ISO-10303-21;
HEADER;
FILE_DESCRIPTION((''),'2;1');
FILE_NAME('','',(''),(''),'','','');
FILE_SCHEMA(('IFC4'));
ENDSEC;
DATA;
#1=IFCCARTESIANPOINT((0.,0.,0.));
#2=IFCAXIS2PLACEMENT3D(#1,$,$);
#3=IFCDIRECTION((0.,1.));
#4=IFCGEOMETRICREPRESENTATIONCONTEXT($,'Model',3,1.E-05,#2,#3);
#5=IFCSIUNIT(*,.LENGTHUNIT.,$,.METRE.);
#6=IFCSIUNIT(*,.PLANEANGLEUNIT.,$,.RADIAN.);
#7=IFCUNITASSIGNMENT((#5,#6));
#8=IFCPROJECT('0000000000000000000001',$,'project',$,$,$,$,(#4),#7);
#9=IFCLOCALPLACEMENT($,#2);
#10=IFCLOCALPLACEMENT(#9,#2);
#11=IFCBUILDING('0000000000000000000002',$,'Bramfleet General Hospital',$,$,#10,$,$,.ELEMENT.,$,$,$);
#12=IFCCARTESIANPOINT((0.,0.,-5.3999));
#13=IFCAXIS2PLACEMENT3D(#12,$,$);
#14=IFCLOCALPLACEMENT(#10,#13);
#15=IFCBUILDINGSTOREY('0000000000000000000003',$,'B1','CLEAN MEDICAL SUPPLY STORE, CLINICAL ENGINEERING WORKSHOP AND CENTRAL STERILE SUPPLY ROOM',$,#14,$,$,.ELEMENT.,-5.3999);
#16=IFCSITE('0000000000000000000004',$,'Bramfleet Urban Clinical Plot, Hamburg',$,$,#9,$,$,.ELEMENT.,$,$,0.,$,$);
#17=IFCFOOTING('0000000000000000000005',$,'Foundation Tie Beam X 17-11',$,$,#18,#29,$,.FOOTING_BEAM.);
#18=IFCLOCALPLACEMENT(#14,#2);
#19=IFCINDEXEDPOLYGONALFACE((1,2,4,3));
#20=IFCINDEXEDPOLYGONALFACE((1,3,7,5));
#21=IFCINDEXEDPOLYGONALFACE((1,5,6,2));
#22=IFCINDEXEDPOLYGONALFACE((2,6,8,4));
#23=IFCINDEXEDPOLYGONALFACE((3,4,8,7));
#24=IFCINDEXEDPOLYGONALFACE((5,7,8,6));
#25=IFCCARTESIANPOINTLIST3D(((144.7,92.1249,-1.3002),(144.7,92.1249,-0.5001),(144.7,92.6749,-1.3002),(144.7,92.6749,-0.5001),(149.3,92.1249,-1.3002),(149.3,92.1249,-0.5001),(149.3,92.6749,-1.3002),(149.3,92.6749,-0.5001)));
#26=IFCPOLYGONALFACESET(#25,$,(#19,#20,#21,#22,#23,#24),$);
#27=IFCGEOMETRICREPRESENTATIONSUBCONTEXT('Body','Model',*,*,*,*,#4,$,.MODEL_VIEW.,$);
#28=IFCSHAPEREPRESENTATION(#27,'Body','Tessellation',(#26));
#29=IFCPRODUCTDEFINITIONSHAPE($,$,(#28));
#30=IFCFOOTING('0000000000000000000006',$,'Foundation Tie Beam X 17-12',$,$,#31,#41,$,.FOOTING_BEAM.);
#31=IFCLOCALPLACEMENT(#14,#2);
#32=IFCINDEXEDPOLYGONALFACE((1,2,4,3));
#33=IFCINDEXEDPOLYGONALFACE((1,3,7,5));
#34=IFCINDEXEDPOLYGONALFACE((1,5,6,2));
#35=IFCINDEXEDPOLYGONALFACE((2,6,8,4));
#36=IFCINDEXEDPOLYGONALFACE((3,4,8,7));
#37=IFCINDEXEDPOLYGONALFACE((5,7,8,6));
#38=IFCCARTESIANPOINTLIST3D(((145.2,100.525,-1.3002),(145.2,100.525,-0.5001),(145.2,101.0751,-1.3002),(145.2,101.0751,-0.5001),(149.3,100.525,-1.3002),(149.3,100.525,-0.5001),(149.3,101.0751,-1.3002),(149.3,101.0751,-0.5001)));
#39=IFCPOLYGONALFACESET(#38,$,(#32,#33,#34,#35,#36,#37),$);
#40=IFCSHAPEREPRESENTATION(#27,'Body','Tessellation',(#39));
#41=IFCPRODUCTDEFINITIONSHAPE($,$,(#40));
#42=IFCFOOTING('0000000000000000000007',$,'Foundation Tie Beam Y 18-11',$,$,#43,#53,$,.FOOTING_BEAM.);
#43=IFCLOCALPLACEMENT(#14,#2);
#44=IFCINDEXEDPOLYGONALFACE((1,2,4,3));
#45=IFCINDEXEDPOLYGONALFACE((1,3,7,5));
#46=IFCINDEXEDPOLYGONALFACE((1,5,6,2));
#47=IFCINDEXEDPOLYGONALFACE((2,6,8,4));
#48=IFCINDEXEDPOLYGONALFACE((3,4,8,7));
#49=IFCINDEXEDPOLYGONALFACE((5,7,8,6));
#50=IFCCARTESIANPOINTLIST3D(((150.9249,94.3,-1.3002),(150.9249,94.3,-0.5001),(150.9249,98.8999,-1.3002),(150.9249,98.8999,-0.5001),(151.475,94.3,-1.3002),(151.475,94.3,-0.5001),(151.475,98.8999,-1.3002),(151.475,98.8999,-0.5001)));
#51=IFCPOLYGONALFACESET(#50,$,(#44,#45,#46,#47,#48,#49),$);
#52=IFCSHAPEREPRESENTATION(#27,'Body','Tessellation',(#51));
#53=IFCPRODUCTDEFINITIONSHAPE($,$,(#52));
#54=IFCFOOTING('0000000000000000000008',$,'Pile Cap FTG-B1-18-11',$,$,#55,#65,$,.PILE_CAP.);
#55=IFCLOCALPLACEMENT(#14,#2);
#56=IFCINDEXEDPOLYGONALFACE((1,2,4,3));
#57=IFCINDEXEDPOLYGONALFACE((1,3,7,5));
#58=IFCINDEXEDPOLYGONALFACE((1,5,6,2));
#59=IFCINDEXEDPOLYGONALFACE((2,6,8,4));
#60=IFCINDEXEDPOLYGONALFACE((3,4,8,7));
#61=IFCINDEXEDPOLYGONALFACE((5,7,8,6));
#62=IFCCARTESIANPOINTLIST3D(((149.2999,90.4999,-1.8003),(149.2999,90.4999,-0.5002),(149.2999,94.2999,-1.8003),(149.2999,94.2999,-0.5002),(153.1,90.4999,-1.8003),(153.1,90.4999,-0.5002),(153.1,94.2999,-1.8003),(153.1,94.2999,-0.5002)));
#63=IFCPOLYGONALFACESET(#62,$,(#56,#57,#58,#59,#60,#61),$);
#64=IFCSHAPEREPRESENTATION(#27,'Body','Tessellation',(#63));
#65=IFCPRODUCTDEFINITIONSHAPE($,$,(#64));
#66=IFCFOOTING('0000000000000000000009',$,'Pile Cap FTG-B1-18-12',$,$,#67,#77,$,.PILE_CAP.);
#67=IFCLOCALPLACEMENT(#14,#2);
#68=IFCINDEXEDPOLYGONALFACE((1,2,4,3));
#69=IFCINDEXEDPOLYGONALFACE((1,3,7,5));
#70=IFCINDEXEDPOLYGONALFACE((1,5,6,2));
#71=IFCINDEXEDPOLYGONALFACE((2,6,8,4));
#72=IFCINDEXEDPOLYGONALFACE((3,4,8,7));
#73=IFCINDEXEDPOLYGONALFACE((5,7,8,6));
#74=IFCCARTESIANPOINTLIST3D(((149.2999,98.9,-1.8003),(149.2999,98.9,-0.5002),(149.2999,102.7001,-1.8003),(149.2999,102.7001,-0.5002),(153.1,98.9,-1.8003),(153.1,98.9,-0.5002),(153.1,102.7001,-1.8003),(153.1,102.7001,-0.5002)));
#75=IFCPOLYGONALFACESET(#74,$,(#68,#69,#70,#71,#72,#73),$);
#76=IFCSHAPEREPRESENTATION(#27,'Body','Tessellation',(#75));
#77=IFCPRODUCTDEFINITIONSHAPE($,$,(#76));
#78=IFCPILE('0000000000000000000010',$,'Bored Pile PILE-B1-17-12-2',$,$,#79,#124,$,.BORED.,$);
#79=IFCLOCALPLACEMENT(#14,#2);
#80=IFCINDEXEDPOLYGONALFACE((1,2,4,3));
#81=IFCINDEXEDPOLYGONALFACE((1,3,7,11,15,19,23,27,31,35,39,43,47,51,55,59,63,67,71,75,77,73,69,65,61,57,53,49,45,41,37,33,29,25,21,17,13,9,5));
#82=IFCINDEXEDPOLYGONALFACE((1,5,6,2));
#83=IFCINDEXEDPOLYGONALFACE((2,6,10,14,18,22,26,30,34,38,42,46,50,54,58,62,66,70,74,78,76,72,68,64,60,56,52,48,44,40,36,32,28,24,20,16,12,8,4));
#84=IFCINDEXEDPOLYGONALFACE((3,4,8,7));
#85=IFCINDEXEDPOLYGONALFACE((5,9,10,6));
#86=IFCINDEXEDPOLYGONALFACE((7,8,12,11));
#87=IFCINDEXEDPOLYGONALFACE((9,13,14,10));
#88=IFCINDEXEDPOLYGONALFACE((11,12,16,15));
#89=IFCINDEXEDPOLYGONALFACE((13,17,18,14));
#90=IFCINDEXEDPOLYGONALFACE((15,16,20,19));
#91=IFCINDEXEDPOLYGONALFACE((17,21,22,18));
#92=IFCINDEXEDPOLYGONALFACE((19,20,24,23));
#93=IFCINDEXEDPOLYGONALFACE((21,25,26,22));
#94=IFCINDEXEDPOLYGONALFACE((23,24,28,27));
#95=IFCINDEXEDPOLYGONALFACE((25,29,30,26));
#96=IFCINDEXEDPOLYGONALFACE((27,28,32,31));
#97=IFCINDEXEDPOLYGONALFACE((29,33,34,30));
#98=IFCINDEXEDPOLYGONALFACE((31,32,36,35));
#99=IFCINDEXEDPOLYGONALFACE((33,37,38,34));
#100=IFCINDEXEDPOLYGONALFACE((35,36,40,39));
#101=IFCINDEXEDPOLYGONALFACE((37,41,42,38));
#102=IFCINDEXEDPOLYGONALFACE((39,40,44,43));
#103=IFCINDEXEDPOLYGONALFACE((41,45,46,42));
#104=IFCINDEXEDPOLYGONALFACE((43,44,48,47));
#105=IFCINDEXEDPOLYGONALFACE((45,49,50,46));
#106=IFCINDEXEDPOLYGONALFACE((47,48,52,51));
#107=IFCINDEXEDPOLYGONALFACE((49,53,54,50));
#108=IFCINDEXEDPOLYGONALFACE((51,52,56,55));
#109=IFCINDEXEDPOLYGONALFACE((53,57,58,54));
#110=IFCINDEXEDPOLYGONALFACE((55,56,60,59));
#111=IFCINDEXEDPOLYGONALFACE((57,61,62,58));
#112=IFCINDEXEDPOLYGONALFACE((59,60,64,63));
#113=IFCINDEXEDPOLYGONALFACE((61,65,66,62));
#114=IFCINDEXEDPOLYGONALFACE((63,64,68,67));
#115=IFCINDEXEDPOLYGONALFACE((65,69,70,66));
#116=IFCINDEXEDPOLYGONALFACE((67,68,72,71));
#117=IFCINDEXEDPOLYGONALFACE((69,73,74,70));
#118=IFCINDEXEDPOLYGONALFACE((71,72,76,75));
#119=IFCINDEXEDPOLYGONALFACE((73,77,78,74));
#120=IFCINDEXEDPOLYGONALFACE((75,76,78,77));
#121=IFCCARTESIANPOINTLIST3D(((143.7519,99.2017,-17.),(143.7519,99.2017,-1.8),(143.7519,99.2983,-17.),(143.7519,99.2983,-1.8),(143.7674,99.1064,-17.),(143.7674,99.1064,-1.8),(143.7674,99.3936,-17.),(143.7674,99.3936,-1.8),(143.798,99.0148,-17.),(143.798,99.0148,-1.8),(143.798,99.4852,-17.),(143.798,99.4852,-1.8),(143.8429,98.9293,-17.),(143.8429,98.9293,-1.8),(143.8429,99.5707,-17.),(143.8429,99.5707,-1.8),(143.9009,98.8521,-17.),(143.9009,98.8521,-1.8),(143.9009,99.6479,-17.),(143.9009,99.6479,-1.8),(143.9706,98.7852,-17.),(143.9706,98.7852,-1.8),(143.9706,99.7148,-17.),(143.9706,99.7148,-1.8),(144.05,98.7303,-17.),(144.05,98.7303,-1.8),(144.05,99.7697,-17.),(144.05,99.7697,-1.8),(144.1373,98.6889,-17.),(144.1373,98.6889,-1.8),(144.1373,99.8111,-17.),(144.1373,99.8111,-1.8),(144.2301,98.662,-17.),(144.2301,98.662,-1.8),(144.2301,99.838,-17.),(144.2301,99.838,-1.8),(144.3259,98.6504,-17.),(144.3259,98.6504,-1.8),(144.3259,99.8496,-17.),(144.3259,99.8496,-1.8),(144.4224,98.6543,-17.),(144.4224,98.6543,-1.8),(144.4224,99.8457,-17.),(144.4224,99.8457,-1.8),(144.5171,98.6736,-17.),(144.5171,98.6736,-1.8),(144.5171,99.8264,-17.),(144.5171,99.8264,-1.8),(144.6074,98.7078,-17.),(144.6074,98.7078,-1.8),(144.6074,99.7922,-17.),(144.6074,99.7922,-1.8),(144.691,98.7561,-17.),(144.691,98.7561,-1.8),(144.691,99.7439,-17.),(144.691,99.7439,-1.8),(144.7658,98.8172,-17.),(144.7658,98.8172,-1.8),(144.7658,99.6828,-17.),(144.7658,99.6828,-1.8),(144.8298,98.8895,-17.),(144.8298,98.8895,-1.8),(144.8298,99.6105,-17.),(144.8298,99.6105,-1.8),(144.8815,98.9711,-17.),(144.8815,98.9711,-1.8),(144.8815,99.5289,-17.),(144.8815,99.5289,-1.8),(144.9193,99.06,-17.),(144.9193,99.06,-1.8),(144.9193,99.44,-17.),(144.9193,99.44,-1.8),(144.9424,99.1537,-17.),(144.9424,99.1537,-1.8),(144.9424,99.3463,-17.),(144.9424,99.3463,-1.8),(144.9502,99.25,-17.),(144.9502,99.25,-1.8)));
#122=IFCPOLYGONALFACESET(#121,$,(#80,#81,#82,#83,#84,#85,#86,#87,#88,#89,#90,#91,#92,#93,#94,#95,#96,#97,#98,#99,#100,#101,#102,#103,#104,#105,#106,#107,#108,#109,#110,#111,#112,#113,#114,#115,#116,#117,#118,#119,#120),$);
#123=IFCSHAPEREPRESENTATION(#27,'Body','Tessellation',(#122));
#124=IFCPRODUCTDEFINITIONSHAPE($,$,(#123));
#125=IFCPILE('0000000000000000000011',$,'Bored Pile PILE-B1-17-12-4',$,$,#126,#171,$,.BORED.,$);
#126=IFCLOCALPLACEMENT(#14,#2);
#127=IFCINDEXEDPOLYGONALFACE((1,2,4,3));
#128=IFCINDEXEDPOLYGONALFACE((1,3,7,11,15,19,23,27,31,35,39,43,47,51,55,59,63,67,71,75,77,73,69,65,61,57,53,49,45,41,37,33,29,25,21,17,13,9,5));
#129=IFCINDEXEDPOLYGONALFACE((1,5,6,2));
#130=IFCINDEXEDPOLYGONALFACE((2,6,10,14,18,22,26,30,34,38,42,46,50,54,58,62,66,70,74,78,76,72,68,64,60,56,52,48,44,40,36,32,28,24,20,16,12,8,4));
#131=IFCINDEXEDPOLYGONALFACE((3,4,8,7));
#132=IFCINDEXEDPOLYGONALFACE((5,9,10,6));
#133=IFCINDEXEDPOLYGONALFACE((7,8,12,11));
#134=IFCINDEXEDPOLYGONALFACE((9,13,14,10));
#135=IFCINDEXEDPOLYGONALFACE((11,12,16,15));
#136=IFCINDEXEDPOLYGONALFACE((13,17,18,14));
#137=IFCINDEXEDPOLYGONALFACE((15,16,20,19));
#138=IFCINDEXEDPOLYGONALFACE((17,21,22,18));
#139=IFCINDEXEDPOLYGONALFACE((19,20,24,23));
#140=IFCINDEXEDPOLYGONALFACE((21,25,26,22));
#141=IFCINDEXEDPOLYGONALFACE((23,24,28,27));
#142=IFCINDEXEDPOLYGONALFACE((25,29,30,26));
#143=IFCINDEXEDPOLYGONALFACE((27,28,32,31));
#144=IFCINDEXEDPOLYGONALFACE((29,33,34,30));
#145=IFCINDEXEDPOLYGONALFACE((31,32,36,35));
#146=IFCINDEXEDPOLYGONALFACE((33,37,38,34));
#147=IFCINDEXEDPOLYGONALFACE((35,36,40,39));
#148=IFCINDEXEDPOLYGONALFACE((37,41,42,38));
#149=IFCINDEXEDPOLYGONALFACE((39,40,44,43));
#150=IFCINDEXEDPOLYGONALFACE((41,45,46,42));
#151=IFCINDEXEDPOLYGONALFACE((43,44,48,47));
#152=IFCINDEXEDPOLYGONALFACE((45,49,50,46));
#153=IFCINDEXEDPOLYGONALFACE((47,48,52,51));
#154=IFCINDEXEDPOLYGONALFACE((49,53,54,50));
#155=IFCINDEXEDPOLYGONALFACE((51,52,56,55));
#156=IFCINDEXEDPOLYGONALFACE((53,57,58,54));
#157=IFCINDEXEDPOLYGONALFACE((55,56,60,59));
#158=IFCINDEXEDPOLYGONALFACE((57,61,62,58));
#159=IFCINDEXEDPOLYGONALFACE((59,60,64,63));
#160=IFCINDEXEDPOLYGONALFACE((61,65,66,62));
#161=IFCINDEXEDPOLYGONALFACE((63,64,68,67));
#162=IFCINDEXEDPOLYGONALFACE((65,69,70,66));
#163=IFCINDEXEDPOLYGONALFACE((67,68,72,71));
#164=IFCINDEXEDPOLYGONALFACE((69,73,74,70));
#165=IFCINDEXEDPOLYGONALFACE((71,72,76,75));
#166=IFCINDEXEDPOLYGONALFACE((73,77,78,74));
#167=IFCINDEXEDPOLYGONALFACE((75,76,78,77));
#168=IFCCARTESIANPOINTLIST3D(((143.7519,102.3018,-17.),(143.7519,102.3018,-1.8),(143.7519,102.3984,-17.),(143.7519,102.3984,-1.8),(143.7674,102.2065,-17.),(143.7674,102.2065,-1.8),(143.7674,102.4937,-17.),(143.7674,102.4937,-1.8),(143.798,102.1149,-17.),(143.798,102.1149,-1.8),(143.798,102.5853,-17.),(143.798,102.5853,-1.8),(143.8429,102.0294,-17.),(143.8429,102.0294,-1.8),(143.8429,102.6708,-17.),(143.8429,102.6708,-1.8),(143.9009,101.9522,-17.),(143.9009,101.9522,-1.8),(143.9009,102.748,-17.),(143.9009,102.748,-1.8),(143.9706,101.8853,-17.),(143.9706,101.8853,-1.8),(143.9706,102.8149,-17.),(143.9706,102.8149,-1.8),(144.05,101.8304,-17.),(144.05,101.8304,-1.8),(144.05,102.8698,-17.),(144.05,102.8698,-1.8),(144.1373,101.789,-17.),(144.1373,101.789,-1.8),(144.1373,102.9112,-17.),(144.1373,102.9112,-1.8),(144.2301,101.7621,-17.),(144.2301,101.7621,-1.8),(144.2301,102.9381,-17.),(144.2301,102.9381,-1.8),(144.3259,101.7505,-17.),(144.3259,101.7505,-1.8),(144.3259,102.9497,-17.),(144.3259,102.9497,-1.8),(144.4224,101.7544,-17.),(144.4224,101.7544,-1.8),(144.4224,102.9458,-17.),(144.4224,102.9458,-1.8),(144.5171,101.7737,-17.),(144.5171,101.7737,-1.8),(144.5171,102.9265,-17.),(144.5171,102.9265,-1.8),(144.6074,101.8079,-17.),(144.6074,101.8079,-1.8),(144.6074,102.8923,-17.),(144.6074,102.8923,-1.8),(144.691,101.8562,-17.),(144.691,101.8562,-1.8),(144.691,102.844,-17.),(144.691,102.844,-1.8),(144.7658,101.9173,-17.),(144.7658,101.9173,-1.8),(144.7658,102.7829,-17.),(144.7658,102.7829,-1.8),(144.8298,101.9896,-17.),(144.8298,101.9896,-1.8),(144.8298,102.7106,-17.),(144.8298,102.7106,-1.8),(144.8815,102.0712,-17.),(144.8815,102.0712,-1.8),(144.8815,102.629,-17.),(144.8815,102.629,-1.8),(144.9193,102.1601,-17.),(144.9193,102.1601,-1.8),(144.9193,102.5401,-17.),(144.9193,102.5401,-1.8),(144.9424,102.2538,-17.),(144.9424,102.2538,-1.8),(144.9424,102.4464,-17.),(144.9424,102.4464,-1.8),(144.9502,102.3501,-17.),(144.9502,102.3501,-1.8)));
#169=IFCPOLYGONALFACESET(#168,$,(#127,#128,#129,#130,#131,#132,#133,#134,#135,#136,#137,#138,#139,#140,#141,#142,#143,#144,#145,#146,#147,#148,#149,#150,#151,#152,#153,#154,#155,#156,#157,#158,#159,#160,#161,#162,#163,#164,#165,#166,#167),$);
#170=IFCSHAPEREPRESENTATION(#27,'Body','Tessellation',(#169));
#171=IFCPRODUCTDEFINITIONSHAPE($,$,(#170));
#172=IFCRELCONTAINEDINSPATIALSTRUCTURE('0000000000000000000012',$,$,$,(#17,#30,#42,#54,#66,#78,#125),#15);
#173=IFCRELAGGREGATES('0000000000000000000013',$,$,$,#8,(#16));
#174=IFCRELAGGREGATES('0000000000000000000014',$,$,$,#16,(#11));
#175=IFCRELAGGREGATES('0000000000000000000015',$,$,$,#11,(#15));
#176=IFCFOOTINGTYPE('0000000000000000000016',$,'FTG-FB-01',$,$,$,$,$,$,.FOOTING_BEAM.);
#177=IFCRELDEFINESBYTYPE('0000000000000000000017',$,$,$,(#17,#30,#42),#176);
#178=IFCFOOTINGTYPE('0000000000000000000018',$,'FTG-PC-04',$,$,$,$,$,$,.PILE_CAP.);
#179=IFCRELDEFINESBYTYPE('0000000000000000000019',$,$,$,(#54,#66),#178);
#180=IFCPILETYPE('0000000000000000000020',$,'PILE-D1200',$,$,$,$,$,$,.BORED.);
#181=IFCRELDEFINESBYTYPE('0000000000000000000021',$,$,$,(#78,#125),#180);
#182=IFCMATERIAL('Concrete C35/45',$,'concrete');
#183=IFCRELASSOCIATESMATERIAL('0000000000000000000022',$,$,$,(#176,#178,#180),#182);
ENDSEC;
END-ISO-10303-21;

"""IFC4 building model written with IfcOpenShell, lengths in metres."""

from ifc_helpers import new_model, si_unit, direction, frame, origin, origin_2d, place, context, subcontext, project, spatial, rectangle, circle, extrude, material, material_profile, profile_set, type_object, element, save


model = new_model("IFC4")

# Units and contexts
model_context = context("Model", 3, precision=1e-05, world=origin(), true_north=direction((0.0, 1.0)))
body_context = subcontext(model_context, "Body", "Model", "MODEL_VIEW")
ifc_project = project(units=[si_unit("LENGTHUNIT", "METRE"), si_unit("PLANEANGLEUNIT", "RADIAN")], contexts=[model_context])

# Site, building, storey
site_placement = place(None, origin())
site = spatial("IfcSite", under=ifc_project, at=site_placement, Name="Bramfleet Urban Clinical Plot, Hamburg", CompositionType="ELEMENT", RefElevation=0.0)
building_placement = place(site_placement, origin())
building = spatial("IfcBuilding", under=site, at=building_placement, Name="Bramfleet General Hospital", CompositionType="ELEMENT")
storey_placement = place(building_placement, frame((0.0, 0.0, -5.3999)))
storey = spatial("IfcBuildingStorey", under=building, at=storey_placement, Name="B1", Description="CLEAN MEDICAL SUPPLY STORE, CLINICAL ENGINEERING WORKSHOP AND CENTRAL STERILE SUPPLY ROOM", CompositionType="ELEMENT", Elevation=-5.3999)

# Footings
ifc_material_1 = material(Name="Concrete C35/45", Category="concrete")
ifc_material_profile_1 = material_profile(ifc_material_1, rectangle(XDim=0.55, YDim=0.8, at=origin_2d()), Name="RC FB 800x550")
ifc_profile_set_1 = profile_set([ifc_material_profile_1], Name="Concrete C35/45")
footing_type_1 = type_object("IfcFootingType", Name="FTG-FB-01", PredefinedType="FOOTING_BEAM", material=ifc_profile_set_1)
footing_1_placement = place(storey_placement, frame((144.7, 92.3999, -0.9001), z_axis=(1.0, 0.0, 0.0), x_axis=(0.0, 1.0, 0.0)))
element("IfcFooting", 1, at=footing_1_placement, inside=storey, type_object=footing_type_1, Name="Foundation Tie Beam X 17-11", PredefinedType="FOOTING_BEAM", context=body_context, shape_type="SweptSolid", body=[
    extrude(rectangle(XDim=0.55, YDim=0.8, at=origin_2d()), origin(), (0.0, 0.0, 1.0), 4.6001),
])
footing_2_placement = place(storey_placement, frame((145.2, 100.8, -0.9001), z_axis=(1.0, 0.0, 0.0), x_axis=(0.0, 1.0, 0.0)))
element("IfcFooting", 2, at=footing_2_placement, inside=storey, type_object=footing_type_1, Name="Foundation Tie Beam X 17-12", PredefinedType="FOOTING_BEAM", context=body_context, shape_type="SweptSolid", body=[
    extrude(rectangle(XDim=0.55, YDim=0.8, at=origin_2d()), origin(), (0.0, 0.0, 1.0), 4.1001),
])
footing_3_placement = place(storey_placement, frame((151.2, 94.3, -0.9001), z_axis=(0.0, 1.0, 0.0), x_axis=(-1.0, 0.0, 0.0)))
element("IfcFooting", 3, at=footing_3_placement, inside=storey, type_object=footing_type_1, Name="Foundation Tie Beam Y 18-11", PredefinedType="FOOTING_BEAM", context=body_context, shape_type="SweptSolid", body=[
    extrude(rectangle(XDim=0.55, YDim=0.8, at=origin_2d()), origin(), (0.0, 0.0, 1.0), 4.5999),
])
footing_type_2 = type_object("IfcFootingType", Name="FTG-PC-04", PredefinedType="PILE_CAP", material=ifc_material_1)
for number, where, z_axis, x_axis, name in (
    (4, (151.2, 92.3999, -1.8003), (0.0, 0.0, 1.0), (1.0, 0.0, 0.0), "Pile Cap FTG-B1-18-11"),
    (5, (151.2, 100.8, -1.8003), (0.0, 0.0, 1.0), (1.0, 0.0, 0.0), "Pile Cap FTG-B1-18-12"),
):
    element("IfcFooting", number, at=place(storey_placement, frame(where, z_axis=z_axis, x_axis=x_axis)), inside=storey, type_object=footing_type_2, Name=name, PredefinedType="PILE_CAP", context=body_context, shape_type="SweptSolid", body=[
        extrude(rectangle(XDim=3.8, YDim=3.8, at=origin_2d()), origin(), (0.0, 0.0, 1.0), 1.3),
    ])

# Piles
ifc_material_profile_2 = material_profile(ifc_material_1, circle(Radius=0.6001, at=origin_2d()), Name="PILE BORED D1200")
ifc_profile_set_2 = profile_set([ifc_material_profile_2], Name="Concrete C35/45")
pile_type_1 = type_object("IfcPileType", Name="PILE-D1200", PredefinedType="BORED", material=ifc_profile_set_2)
for number, where, z_axis, x_axis, name in (
    (6, (144.3501, 99.25, -1.8), (0.0, 0.0, -1.0), (1.0, 0.0, 0.0), "Bored Pile PILE-B1-17-12-2"),
    (7, (144.3501, 102.3501, -1.8), (0.0, 0.0, -1.0), (1.0, 0.0, 0.0), "Bored Pile PILE-B1-17-12-4"),
):
    element("IfcPile", number, at=place(storey_placement, frame(where, z_axis=z_axis, x_axis=x_axis)), inside=storey, type_object=pile_type_1, Name=name, PredefinedType="BORED", context=body_context, shape_type="SweptSolid", body=[
        extrude(circle(Radius=0.6001, at=origin_2d()), origin(), (0.0, 0.0, 1.0), 15.2),
    ])

save(model, "model.ifc")
